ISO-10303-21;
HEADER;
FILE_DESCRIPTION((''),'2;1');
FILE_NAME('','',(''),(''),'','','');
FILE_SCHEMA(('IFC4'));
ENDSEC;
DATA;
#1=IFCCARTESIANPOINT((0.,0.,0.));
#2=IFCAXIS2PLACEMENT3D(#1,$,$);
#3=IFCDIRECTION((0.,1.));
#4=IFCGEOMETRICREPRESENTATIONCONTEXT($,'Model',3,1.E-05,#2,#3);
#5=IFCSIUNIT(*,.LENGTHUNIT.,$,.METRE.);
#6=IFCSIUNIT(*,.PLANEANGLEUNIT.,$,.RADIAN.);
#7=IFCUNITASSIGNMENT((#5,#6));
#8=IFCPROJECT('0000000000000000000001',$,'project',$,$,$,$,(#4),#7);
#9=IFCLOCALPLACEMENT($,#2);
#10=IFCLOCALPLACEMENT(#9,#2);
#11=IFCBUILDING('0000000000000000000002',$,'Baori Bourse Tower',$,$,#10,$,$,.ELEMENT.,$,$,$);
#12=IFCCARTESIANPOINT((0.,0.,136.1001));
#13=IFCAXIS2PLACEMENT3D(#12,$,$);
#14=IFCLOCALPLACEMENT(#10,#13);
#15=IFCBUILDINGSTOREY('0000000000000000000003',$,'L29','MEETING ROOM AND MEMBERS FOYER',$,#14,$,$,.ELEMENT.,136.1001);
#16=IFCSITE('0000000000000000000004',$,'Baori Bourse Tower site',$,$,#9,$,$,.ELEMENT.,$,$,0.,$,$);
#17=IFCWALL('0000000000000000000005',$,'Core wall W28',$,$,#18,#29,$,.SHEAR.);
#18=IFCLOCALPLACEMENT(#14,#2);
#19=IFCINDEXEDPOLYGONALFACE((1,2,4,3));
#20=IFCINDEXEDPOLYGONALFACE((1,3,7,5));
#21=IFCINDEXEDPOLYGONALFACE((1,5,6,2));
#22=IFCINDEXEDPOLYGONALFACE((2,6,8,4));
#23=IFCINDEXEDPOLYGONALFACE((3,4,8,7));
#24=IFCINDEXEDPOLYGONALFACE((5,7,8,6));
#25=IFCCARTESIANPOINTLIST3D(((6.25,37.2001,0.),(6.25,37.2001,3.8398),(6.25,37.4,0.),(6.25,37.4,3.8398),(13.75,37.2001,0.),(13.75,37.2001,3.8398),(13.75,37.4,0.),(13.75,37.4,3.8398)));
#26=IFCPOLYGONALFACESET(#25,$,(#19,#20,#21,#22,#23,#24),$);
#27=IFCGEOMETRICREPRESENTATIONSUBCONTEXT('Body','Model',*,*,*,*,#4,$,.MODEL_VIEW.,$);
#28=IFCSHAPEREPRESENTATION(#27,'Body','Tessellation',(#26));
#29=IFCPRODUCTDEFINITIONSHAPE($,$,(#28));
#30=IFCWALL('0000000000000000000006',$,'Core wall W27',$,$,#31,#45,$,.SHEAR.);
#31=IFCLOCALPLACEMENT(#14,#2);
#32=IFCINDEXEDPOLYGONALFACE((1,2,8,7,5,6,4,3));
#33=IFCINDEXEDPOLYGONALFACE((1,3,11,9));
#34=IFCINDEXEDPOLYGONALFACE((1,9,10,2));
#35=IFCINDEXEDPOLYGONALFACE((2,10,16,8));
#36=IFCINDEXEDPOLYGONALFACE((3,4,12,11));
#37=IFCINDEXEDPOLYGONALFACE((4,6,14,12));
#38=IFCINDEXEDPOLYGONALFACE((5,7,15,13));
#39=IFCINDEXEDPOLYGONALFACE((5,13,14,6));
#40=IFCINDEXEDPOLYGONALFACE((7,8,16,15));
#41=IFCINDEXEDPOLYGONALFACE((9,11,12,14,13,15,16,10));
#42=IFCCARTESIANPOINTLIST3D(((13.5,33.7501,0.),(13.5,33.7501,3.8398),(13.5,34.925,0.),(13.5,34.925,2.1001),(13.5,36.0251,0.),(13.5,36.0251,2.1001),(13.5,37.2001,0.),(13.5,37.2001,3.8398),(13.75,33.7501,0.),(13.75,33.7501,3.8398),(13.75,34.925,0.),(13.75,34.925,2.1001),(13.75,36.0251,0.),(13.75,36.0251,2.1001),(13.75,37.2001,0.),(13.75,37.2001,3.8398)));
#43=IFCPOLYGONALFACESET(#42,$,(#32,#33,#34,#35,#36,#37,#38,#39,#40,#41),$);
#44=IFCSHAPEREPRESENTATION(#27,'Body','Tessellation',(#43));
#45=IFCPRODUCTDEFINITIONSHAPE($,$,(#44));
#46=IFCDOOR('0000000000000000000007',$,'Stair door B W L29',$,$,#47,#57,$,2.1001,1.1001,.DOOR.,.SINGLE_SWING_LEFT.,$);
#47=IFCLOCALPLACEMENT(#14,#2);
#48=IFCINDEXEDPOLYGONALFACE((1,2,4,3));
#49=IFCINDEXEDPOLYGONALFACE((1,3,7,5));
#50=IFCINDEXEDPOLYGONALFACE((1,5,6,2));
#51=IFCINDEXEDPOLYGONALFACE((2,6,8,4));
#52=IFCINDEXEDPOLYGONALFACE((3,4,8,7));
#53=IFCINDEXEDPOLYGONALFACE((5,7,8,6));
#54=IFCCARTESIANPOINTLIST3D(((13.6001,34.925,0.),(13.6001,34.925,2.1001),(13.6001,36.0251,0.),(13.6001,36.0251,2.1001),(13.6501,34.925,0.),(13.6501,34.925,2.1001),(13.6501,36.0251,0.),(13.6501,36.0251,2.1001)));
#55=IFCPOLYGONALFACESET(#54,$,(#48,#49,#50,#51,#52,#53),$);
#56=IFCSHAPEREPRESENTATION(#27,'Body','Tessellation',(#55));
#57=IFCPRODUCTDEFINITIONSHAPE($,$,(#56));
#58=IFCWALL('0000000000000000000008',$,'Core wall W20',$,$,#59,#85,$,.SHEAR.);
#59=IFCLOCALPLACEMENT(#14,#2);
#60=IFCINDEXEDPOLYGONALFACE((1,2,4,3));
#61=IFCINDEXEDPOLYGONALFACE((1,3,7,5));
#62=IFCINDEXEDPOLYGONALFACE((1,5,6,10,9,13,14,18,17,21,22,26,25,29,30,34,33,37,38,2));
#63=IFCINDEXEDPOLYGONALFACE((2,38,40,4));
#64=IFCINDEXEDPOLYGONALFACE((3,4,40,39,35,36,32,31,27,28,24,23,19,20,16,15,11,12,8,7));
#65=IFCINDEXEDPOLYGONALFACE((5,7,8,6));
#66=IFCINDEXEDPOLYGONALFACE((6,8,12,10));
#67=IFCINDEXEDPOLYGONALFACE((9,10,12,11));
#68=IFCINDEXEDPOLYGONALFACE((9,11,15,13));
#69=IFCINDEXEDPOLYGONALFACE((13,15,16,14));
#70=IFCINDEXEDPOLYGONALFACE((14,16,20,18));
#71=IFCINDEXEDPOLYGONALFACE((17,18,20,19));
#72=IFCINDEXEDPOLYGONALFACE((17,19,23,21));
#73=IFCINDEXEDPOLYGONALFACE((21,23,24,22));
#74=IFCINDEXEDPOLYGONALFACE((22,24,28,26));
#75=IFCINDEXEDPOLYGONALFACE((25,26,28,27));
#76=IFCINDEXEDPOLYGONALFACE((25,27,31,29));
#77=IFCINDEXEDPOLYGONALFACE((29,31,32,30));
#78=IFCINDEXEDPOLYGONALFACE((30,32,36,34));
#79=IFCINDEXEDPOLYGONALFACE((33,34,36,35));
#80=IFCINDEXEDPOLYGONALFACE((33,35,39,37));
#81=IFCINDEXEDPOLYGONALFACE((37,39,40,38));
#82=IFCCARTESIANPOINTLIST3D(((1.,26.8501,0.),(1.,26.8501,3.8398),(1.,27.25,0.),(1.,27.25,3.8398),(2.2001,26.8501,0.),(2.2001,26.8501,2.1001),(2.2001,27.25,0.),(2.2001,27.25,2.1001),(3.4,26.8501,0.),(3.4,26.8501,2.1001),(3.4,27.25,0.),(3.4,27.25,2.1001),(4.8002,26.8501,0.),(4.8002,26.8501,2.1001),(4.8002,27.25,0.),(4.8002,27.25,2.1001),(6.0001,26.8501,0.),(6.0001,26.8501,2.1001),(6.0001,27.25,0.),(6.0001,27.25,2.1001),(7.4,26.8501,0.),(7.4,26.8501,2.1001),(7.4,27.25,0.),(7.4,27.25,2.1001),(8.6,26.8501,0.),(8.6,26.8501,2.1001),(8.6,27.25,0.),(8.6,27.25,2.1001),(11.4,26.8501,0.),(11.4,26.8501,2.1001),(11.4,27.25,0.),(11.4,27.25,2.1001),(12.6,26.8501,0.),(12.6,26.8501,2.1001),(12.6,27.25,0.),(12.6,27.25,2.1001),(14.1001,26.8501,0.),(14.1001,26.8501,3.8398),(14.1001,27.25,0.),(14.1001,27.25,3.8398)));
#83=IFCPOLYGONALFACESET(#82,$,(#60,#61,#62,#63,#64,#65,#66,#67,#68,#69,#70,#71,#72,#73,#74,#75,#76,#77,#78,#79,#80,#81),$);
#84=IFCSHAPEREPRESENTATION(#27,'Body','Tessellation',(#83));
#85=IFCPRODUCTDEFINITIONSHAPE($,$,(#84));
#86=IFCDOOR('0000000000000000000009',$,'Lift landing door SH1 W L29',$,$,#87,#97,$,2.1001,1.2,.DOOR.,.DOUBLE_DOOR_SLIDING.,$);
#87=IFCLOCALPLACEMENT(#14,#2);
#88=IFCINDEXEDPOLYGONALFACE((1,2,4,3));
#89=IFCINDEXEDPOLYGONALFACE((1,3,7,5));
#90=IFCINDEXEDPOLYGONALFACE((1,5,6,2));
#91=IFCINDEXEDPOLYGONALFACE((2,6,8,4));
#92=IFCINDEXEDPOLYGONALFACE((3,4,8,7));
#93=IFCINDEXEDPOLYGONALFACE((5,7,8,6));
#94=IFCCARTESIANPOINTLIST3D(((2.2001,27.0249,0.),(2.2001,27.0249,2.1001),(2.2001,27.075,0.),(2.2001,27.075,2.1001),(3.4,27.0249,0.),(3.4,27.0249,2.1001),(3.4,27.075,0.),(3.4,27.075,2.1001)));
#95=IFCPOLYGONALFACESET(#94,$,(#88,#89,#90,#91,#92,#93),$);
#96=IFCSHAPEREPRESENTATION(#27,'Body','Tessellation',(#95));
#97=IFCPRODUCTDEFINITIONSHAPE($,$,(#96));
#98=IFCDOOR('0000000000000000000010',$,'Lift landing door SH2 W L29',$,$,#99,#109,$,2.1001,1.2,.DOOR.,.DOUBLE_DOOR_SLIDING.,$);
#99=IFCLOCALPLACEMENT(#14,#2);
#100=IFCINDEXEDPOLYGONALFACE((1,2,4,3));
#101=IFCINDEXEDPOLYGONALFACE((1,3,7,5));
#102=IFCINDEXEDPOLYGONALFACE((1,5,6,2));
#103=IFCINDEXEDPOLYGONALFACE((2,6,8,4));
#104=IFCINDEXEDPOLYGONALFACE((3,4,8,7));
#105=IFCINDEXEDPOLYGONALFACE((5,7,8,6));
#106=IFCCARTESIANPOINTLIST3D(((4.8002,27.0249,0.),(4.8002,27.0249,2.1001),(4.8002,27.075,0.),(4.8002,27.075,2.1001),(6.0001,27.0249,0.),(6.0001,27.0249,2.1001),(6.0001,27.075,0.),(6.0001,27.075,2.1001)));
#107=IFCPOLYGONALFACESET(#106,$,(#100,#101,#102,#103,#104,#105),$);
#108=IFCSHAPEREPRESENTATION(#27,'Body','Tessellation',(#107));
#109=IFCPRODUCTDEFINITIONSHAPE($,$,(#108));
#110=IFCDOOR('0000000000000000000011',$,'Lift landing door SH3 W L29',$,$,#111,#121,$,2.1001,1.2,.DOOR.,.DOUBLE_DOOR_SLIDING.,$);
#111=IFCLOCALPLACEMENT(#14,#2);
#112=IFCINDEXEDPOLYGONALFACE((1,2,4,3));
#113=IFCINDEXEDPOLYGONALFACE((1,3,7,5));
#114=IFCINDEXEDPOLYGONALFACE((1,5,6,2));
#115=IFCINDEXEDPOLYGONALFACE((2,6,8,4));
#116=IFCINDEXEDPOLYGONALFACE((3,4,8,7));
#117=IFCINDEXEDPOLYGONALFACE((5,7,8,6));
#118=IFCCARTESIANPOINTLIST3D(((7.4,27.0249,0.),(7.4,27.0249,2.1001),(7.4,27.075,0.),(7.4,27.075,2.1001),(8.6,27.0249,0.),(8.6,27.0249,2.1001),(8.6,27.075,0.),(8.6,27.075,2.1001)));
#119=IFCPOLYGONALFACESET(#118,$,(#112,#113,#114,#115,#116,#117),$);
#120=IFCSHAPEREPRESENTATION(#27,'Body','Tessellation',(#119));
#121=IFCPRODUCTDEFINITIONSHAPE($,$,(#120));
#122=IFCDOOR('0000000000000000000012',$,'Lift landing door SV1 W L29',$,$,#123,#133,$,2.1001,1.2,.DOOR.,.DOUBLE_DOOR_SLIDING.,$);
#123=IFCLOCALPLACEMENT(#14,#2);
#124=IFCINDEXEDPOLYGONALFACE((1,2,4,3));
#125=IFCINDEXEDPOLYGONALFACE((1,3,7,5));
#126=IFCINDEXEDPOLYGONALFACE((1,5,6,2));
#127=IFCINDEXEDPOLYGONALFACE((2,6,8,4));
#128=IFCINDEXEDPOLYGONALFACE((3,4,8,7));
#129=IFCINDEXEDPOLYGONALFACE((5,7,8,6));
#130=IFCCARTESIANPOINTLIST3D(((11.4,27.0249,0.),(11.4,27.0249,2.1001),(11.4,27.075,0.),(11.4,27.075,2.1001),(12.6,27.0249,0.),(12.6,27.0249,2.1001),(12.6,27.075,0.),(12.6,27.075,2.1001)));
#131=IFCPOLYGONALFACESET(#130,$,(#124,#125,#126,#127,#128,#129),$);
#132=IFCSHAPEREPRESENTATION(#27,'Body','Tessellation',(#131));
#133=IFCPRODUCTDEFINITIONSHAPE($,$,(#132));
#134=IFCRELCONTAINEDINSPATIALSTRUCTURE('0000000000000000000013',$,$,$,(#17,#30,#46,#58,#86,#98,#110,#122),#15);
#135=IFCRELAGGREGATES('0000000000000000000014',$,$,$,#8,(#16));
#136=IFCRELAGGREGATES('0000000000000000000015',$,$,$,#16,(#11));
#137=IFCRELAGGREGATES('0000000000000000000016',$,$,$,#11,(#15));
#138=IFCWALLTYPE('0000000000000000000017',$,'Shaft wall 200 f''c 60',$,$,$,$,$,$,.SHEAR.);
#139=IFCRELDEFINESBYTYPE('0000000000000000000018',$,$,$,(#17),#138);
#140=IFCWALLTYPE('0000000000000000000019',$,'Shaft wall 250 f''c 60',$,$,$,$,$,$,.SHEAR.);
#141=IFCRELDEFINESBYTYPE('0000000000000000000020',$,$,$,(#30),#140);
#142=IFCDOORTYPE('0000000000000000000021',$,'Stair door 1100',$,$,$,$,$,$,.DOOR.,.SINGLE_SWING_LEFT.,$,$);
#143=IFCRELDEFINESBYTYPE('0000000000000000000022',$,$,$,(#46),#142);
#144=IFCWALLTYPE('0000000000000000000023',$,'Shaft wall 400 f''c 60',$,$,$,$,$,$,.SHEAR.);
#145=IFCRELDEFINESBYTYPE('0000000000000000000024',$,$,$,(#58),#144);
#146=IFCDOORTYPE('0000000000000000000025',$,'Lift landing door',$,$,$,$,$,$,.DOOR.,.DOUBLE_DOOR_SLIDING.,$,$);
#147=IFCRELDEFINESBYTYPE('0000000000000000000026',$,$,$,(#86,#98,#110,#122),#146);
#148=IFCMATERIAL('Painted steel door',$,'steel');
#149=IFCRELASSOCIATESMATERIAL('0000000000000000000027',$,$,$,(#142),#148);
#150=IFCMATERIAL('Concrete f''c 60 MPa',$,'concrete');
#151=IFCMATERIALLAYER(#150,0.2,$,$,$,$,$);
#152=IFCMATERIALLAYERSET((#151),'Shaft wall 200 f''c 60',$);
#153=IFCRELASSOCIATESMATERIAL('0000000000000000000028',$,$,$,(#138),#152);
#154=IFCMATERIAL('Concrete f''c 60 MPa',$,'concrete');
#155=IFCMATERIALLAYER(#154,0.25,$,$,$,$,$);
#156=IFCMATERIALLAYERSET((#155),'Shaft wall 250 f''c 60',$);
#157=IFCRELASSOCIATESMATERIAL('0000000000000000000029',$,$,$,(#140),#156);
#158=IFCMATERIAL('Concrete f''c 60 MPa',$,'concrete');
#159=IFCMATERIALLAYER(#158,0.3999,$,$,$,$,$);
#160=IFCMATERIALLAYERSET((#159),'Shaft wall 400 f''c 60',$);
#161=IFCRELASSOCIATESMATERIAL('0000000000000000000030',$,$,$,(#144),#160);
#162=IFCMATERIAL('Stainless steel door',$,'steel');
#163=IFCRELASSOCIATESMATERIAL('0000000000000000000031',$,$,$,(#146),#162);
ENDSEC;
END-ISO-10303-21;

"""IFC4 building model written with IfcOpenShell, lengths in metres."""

from ifc_helpers import new_model, si_unit, direction, frame, frame_2d, origin, place, context, subcontext, project, spatial, rectangle, extrude, material, layer, layer_set, type_object, element, fill, save


model = new_model("IFC4")

# Units and contexts
model_context = context("Model", 3, precision=1e-05, world=origin(), true_north=direction((0.0, 1.0)))
body_context = subcontext(model_context, "Body", "Model", "MODEL_VIEW")
ifc_project = project(units=[si_unit("LENGTHUNIT", "METRE"), si_unit("PLANEANGLEUNIT", "RADIAN")], contexts=[model_context])

# Site, building, storey
site_placement = place(None, origin())
site = spatial("IfcSite", under=ifc_project, at=site_placement, Name="Baori Bourse Tower site", CompositionType="ELEMENT", RefElevation=0.0)
building_placement = place(site_placement, origin())
building = spatial("IfcBuilding", under=site, at=building_placement, Name="Baori Bourse Tower", CompositionType="ELEMENT")
storey_placement = place(building_placement, frame((0.0, 0.0, 136.1001)))
storey = spatial("IfcBuildingStorey", under=building, at=storey_placement, Name="L29", Description="MEETING ROOM AND MEMBERS FOYER", CompositionType="ELEMENT", Elevation=136.1001)

# Shared definitions
ifc_material_1 = material(Name="Painted steel door", Category="steel")
door_type_1 = type_object("IfcDoorType", Name="Stair door 1100", OperationType="SINGLE_SWING_LEFT", PredefinedType="DOOR", material=ifc_material_1)

# Wall
ifc_material_2 = material(Name="Concrete f'c 60 MPa", Category="concrete")
ifc_layer_1 = layer(ifc_material_2, 0.2)
ifc_layer_set_1 = layer_set([ifc_layer_1], Name="Shaft wall 200 f'c 60")
wall_type_1 = type_object("IfcWallType", Name="Shaft wall 200 f'c 60", PredefinedType="SHEAR", material=ifc_layer_set_1)
wall_1_placement = place(storey_placement, frame((6.25, 37.3, 0.0), z_axis=(0.0, 0.0, 1.0), x_axis=(1.0, 0.0, 0.0)))
element("IfcWall", 1, at=wall_1_placement, inside=storey, type_object=wall_type_1, Name="Core wall W28", PredefinedType="SHEAR", context=body_context, shape_type="SweptSolid", body=[
    extrude(rectangle(XDim=7.5, YDim=0.2, at=frame_2d((3.75, 0.0))), origin(), (0.0, 0.0, 1.0), 3.8398),
])

# Wall, opening, door
ifc_material_3 = material(Name="Concrete f'c 60 MPa", Category="concrete")
ifc_layer_2 = layer(ifc_material_3, 0.25)
ifc_layer_set_2 = layer_set([ifc_layer_2], Name="Shaft wall 250 f'c 60")
wall_type_2 = type_object("IfcWallType", Name="Shaft wall 250 f'c 60", PredefinedType="SHEAR", material=ifc_layer_set_2)
wall_2_placement = place(storey_placement, frame((13.625, 33.75, 0.0), z_axis=(0.0, 0.0, 1.0), x_axis=(0.0, 1.0, 0.0)))
wall_2 = element("IfcWall", 2, at=wall_2_placement, inside=storey, type_object=wall_type_2, Name="Core wall W27", PredefinedType="SHEAR", context=body_context, shape_type="SweptSolid", body=[
    extrude(rectangle(XDim=3.45, YDim=0.25, at=frame_2d((1.7251, 0.0))), origin(), (0.0, 0.0, 1.0), 3.8398),
])
opening_1_placement = place(wall_2_placement, frame((1.175, 0.0, 0.0)))
opening_1 = element("IfcOpeningElement", 3, at=opening_1_placement, cuts=wall_2, PredefinedType="OPENING", context=body_context, shape_type="SweptSolid", body=[
    extrude(rectangle(XDim=1.1001, YDim=2.1001, at=frame_2d((0.55, 1.05))), frame((0.0, 0.135, 0.0), z_axis=(0.0, -1.0, 0.0), x_axis=(1.0, 0.0, 0.0)), (0.0, 0.0, 1.0), 0.27),
])
door_1_placement = place(opening_1_placement, origin())
door_1 = element("IfcDoor", 4, at=door_1_placement, inside=storey, type_object=door_type_1, Name="Stair door B W L29", OperationType="SINGLE_SWING_LEFT", OverallHeight=2.1001, OverallWidth=1.1001, PredefinedType="DOOR", context=body_context, shape_type="SweptSolid", body=[
    extrude(rectangle(XDim=1.1001, YDim=2.1001, at=frame_2d((0.55, 1.05))), frame((0.0, 0.0249, 0.0), z_axis=(0.0, -1.0, 0.0), x_axis=(1.0, 0.0, 0.0)), (0.0, 0.0, 1.0), 0.05),
])
fill(opening_1, door_1)

# Wall, openings, doors
ifc_material_4 = material(Name="Concrete f'c 60 MPa", Category="concrete")
ifc_layer_3 = layer(ifc_material_4, 0.3999)
ifc_layer_set_3 = layer_set([ifc_layer_3], Name="Shaft wall 400 f'c 60")
wall_type_3 = type_object("IfcWallType", Name="Shaft wall 400 f'c 60", PredefinedType="SHEAR", material=ifc_layer_set_3)
wall_3_placement = place(storey_placement, frame((1.0, 27.05, 0.0), z_axis=(0.0, 0.0, 1.0), x_axis=(1.0, 0.0, 0.0)))
wall_3 = element("IfcWall", 5, at=wall_3_placement, inside=storey, type_object=wall_type_3, Name="Core wall W20", PredefinedType="SHEAR", context=body_context, shape_type="SweptSolid", body=[
    extrude(rectangle(XDim=13.1001, YDim=0.3999, at=frame_2d((6.55, 0.0))), origin(), (0.0, 0.0, 1.0), 3.8398),
])
opening_2_placement = place(wall_3_placement, frame((1.2, 0.0, 0.0)))
opening_2 = element("IfcOpeningElement", 6, at=opening_2_placement, cuts=wall_3, PredefinedType="OPENING", context=body_context, shape_type="SweptSolid", body=[
    extrude(rectangle(XDim=1.2, YDim=2.1001, at=frame_2d((0.6001, 1.05))), frame((0.0, 0.21, 0.0), z_axis=(0.0, -1.0, 0.0), x_axis=(1.0, 0.0, 0.0)), (0.0, 0.0, 1.0), 0.4199),
])
opening_3_placement = place(wall_3_placement, frame((3.8, 0.0, 0.0)))
opening_3 = element("IfcOpeningElement", 7, at=opening_3_placement, cuts=wall_3, PredefinedType="OPENING", context=body_context, shape_type="SweptSolid", body=[
    extrude(rectangle(XDim=1.2, YDim=2.1001, at=frame_2d((0.6001, 1.05))), frame((0.0, 0.21, 0.0), z_axis=(0.0, -1.0, 0.0), x_axis=(1.0, 0.0, 0.0)), (0.0, 0.0, 1.0), 0.4199),
])
opening_4_placement = place(wall_3_placement, frame((6.3999, 0.0, 0.0)))
opening_4 = element("IfcOpeningElement", 8, at=opening_4_placement, cuts=wall_3, PredefinedType="OPENING", context=body_context, shape_type="SweptSolid", body=[
    extrude(rectangle(XDim=1.2, YDim=2.1001, at=frame_2d((0.6001, 1.05))), frame((0.0, 0.21, 0.0), z_axis=(0.0, -1.0, 0.0), x_axis=(1.0, 0.0, 0.0)), (0.0, 0.0, 1.0), 0.4199),
])
opening_5_placement = place(wall_3_placement, frame((10.3999, 0.0, 0.0)))
opening_5 = element("IfcOpeningElement", 9, at=opening_5_placement, cuts=wall_3, PredefinedType="OPENING", context=body_context, shape_type="SweptSolid", body=[
    extrude(rectangle(XDim=1.2, YDim=2.1001, at=frame_2d((0.6001, 1.05))), frame((0.0, 0.21, 0.0), z_axis=(0.0, -1.0, 0.0), x_axis=(1.0, 0.0, 0.0)), (0.0, 0.0, 1.0), 0.4199),
])
ifc_material_5 = material(Name="Stainless steel door", Category="steel")
door_type_2 = type_object("IfcDoorType", Name="Lift landing door", OperationType="DOUBLE_DOOR_SLIDING", PredefinedType="DOOR", material=ifc_material_5)
door_2_placement = place(opening_2_placement, origin())
door_2 = element("IfcDoor", 10, at=door_2_placement, inside=storey, type_object=door_type_2, Name="Lift landing door SH1 W L29", OperationType="DOUBLE_DOOR_SLIDING", OverallHeight=2.1001, OverallWidth=1.2, PredefinedType="DOOR", context=body_context, shape_type="SweptSolid", body=[
    extrude(rectangle(XDim=1.2, YDim=2.1001, at=frame_2d((0.6001, 1.05))), frame((0.0, 0.0249, 0.0), z_axis=(0.0, -1.0, 0.0), x_axis=(1.0, 0.0, 0.0)), (0.0, 0.0, 1.0), 0.05),
])
fill(opening_2, door_2)
door_3_placement = place(opening_3_placement, origin())
door_3 = element("IfcDoor", 11, at=door_3_placement, inside=storey, type_object=door_type_2, Name="Lift landing door SH2 W L29", OperationType="DOUBLE_DOOR_SLIDING", OverallHeight=2.1001, OverallWidth=1.2, PredefinedType="DOOR", context=body_context, shape_type="SweptSolid", body=[
    extrude(rectangle(XDim=1.2, YDim=2.1001, at=frame_2d((0.6001, 1.05))), frame((0.0, 0.0249, 0.0), z_axis=(0.0, -1.0, 0.0), x_axis=(1.0, 0.0, 0.0)), (0.0, 0.0, 1.0), 0.05),
])
fill(opening_3, door_3)
door_4_placement = place(opening_4_placement, origin())
door_4 = element("IfcDoor", 12, at=door_4_placement, inside=storey, type_object=door_type_2, Name="Lift landing door SH3 W L29", OperationType="DOUBLE_DOOR_SLIDING", OverallHeight=2.1001, OverallWidth=1.2, PredefinedType="DOOR", context=body_context, shape_type="SweptSolid", body=[
    extrude(rectangle(XDim=1.2, YDim=2.1001, at=frame_2d((0.6001, 1.05))), frame((0.0, 0.0249, 0.0), z_axis=(0.0, -1.0, 0.0), x_axis=(1.0, 0.0, 0.0)), (0.0, 0.0, 1.0), 0.05),
])
fill(opening_4, door_4)
door_5_placement = place(opening_5_placement, origin())
door_5 = element("IfcDoor", 13, at=door_5_placement, inside=storey, type_object=door_type_2, Name="Lift landing door SV1 W L29", OperationType="DOUBLE_DOOR_SLIDING", OverallHeight=2.1001, OverallWidth=1.2, PredefinedType="DOOR", context=body_context, shape_type="SweptSolid", body=[
    extrude(rectangle(XDim=1.2, YDim=2.1001, at=frame_2d((0.6001, 1.05))), frame((0.0, 0.0249, 0.0), z_axis=(0.0, -1.0, 0.0), x_axis=(1.0, 0.0, 0.0)), (0.0, 0.0, 1.0), 0.05),
])
fill(opening_5, door_5)

save(model, "model.ifc")
